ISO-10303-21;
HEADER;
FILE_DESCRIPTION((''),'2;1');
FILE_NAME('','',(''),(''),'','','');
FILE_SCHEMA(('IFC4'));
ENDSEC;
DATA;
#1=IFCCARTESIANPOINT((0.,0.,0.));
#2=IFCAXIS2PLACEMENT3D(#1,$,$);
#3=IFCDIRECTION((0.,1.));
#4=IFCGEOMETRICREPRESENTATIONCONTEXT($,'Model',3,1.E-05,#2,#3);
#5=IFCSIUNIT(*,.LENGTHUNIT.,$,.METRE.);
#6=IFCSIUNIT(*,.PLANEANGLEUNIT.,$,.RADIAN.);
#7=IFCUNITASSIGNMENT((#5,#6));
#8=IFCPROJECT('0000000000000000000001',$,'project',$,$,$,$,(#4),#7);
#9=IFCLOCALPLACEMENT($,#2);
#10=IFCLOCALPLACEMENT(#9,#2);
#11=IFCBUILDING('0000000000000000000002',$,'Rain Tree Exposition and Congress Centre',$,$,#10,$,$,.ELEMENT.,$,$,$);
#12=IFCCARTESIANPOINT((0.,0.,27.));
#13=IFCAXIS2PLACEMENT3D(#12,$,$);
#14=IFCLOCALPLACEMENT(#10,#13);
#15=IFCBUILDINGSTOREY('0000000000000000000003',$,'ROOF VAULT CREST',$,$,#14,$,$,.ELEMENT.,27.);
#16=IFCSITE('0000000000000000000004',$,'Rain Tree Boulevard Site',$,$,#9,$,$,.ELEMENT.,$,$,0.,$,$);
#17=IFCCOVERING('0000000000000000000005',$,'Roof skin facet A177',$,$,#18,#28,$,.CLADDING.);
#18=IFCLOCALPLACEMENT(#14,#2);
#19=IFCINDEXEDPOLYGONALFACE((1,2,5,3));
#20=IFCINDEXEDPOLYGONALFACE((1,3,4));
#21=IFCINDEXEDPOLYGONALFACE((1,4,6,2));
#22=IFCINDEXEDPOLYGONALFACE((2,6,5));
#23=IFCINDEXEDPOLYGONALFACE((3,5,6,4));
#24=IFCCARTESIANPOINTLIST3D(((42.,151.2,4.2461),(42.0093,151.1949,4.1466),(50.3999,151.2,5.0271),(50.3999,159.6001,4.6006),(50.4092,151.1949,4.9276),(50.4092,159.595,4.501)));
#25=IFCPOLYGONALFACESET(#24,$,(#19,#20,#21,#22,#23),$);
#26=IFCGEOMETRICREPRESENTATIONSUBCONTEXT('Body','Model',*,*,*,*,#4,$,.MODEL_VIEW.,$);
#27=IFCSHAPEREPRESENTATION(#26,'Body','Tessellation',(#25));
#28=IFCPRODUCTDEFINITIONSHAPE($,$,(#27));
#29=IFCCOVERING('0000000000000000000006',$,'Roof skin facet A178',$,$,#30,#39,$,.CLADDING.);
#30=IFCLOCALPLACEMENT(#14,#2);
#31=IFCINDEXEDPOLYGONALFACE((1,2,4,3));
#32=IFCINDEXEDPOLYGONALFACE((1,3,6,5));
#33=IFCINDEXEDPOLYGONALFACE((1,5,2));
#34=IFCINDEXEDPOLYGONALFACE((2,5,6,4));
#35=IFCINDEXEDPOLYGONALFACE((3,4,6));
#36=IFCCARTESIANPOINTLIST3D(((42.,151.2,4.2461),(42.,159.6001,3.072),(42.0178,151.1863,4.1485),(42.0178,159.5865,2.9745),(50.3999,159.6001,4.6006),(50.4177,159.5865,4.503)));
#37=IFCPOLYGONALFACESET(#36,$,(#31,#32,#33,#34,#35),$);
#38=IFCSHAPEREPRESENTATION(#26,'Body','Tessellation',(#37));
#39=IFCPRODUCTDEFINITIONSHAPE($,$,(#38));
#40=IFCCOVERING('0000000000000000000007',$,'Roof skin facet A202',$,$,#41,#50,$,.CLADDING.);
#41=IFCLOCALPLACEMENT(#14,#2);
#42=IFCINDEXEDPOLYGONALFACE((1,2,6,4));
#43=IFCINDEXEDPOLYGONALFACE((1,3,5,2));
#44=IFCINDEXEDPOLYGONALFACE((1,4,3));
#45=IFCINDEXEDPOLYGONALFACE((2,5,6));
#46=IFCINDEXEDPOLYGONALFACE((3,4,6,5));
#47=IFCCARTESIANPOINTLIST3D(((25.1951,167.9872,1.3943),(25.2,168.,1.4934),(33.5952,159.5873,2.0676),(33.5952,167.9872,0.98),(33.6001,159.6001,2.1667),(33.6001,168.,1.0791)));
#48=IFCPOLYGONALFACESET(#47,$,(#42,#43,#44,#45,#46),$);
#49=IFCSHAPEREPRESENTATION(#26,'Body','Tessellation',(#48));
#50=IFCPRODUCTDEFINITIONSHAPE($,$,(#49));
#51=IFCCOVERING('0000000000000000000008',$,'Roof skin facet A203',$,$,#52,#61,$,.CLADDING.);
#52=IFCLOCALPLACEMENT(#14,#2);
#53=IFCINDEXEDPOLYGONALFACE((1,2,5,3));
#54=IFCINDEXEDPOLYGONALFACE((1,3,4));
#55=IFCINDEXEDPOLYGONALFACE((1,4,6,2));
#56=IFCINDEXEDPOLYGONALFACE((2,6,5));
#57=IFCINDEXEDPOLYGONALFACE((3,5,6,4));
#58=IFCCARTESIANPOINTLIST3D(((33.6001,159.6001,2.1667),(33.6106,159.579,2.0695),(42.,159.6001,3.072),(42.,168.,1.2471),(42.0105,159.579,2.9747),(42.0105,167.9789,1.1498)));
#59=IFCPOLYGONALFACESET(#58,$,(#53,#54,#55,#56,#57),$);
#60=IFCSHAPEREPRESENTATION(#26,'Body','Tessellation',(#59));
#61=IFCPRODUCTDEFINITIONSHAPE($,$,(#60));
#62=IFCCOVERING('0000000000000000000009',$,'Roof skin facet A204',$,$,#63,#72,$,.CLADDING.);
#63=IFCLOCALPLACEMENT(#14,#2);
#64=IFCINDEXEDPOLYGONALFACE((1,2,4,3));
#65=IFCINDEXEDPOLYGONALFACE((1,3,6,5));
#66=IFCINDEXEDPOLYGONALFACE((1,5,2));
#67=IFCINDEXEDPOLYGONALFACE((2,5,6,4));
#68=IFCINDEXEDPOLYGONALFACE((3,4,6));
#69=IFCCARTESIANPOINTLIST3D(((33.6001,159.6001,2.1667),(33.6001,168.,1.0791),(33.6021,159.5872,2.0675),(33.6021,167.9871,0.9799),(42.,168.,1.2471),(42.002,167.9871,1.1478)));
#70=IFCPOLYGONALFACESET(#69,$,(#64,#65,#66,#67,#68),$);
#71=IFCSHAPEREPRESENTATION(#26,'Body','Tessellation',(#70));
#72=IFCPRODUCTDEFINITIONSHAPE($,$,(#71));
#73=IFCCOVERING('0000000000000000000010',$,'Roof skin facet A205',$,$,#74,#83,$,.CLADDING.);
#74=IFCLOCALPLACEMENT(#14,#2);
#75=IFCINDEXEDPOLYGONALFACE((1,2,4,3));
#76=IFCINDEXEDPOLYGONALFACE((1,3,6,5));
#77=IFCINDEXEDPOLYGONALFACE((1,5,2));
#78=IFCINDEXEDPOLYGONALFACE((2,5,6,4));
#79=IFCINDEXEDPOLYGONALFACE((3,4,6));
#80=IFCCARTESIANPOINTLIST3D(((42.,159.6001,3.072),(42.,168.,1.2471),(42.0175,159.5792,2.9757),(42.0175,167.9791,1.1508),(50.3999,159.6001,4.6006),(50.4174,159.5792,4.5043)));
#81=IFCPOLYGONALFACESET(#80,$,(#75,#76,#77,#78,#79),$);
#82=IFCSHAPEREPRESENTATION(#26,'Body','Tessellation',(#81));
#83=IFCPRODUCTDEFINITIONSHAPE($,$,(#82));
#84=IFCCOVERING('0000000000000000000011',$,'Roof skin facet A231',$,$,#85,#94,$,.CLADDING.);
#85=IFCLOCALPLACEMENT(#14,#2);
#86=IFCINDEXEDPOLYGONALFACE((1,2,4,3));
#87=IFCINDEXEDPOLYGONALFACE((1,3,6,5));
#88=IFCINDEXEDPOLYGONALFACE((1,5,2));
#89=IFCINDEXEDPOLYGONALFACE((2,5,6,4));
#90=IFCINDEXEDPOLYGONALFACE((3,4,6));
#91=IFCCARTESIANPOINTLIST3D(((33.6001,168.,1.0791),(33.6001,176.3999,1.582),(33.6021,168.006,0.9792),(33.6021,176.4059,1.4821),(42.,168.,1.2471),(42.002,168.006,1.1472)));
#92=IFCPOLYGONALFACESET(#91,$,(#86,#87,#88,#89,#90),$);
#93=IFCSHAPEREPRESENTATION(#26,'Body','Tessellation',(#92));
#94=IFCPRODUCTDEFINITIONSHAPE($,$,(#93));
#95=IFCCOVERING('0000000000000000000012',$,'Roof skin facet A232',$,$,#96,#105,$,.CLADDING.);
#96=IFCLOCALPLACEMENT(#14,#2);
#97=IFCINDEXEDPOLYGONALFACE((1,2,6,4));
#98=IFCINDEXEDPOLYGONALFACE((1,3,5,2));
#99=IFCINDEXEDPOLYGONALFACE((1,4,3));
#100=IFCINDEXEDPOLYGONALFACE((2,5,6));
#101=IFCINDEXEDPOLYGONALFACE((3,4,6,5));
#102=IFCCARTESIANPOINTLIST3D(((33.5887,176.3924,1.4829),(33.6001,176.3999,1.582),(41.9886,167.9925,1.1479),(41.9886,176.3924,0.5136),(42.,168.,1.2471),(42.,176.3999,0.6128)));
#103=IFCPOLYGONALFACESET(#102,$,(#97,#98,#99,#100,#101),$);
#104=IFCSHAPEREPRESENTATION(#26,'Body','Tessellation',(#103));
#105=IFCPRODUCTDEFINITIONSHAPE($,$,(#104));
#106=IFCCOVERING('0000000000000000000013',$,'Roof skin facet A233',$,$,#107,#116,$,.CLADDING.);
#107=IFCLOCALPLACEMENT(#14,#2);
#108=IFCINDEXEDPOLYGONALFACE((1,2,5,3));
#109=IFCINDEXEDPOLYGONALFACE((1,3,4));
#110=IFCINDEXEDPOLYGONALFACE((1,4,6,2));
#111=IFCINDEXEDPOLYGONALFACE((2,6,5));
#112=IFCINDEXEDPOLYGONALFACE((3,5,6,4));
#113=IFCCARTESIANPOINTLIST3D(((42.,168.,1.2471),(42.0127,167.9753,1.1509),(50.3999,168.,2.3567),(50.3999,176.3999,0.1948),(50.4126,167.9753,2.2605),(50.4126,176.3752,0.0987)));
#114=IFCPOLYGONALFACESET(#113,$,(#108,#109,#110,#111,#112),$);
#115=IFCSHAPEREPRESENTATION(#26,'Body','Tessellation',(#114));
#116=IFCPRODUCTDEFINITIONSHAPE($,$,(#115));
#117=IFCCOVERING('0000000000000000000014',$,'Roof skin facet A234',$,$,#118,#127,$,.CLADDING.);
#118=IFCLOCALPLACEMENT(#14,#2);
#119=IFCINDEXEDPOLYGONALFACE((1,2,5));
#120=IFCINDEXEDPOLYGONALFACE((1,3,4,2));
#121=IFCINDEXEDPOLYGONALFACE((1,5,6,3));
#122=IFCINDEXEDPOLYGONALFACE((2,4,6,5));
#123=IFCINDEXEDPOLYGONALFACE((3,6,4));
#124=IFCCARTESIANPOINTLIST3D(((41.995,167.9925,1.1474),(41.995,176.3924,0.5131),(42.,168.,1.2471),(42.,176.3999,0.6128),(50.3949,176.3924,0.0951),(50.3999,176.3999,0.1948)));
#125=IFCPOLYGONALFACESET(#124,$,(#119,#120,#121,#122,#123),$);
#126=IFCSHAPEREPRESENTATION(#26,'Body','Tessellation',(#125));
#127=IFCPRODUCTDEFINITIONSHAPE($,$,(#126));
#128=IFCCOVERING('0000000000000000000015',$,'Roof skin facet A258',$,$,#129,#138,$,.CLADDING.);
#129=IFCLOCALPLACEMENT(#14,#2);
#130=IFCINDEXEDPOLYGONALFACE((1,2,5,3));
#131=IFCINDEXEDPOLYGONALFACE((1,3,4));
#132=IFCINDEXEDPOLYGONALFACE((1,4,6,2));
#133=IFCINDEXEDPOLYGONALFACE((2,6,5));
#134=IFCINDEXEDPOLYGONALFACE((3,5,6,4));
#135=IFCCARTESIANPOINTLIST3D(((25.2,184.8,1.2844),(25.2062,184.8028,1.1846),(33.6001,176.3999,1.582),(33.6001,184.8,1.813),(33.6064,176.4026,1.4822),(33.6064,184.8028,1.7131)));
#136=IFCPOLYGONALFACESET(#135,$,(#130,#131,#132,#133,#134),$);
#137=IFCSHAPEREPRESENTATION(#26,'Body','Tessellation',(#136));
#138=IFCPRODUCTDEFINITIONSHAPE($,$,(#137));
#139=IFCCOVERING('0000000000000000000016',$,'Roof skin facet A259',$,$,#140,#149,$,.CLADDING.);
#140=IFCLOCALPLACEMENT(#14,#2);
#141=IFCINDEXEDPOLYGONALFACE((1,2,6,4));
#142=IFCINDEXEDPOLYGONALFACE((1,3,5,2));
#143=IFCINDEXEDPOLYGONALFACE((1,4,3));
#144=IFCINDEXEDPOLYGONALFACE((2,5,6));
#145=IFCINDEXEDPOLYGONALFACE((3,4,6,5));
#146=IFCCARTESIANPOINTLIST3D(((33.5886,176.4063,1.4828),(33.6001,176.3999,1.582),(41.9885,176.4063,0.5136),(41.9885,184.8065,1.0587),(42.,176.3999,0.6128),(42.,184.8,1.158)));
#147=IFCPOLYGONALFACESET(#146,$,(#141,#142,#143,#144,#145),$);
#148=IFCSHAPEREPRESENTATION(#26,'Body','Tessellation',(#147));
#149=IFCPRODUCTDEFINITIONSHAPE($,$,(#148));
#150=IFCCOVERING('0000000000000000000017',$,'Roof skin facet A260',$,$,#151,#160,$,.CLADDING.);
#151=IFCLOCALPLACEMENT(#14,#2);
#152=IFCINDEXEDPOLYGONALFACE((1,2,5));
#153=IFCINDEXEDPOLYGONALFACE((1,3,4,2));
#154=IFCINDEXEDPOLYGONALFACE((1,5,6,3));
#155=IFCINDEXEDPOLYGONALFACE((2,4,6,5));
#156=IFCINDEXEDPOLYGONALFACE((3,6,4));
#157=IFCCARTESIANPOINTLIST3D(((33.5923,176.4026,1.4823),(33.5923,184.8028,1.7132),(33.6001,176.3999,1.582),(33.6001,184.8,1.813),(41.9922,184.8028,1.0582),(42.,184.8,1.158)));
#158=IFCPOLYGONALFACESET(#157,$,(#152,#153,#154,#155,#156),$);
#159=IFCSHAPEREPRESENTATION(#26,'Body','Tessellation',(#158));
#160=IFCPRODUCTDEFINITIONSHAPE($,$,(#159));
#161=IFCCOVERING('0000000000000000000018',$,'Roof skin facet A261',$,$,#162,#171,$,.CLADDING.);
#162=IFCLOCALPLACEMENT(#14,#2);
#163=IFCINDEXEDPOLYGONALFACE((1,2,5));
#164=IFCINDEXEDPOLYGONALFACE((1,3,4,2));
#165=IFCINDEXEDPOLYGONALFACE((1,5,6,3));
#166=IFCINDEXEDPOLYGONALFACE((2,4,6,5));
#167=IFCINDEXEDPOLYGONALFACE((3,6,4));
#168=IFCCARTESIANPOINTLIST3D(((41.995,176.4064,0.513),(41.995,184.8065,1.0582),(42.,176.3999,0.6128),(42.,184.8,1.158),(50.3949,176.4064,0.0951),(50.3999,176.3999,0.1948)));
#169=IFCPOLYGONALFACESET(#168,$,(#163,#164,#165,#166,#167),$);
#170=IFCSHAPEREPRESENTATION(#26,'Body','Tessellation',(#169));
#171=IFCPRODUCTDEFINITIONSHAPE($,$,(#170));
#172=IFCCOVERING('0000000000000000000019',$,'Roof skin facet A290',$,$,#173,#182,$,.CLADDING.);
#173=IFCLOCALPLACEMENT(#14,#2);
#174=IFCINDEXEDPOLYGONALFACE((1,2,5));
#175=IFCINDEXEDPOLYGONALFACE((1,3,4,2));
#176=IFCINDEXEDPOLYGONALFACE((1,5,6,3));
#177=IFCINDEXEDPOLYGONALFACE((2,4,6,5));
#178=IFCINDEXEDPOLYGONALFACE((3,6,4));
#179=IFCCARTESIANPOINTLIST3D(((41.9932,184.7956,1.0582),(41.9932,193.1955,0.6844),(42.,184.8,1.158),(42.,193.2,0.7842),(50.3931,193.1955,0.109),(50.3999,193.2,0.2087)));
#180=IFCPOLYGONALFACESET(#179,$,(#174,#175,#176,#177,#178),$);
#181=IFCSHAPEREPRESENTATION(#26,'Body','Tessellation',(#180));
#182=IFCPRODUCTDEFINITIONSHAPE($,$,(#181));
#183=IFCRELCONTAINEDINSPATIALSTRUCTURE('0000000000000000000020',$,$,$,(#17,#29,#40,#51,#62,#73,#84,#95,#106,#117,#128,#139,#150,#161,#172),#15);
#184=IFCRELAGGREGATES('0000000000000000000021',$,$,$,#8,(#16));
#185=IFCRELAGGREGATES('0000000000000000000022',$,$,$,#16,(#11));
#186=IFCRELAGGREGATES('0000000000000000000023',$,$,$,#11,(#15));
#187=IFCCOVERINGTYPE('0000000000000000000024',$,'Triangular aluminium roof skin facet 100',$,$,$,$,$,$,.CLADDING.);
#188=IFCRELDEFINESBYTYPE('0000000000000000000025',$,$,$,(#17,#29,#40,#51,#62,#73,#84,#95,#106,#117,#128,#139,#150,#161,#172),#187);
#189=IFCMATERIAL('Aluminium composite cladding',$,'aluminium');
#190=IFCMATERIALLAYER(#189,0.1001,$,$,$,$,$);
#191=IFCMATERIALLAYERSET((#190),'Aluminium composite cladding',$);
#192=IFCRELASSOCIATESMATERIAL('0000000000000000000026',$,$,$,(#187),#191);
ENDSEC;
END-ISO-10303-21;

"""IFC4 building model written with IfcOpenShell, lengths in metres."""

from ifc_helpers import new_model, si_unit, direction, frame, origin, place, context, subcontext, project, spatial, polyline, outline, extrude, material, layer, layer_set, type_object, element, save


model = new_model("IFC4")

# Units and contexts
model_context = context("Model", 3, precision=1e-05, world=origin(), true_north=direction((0.0, 1.0)))
body_context = subcontext(model_context, "Body", "Model", "MODEL_VIEW")
ifc_project = project(units=[si_unit("LENGTHUNIT", "METRE"), si_unit("PLANEANGLEUNIT", "RADIAN")], contexts=[model_context])

# Site, building, storey
site_placement = place(None, origin())
site = spatial("IfcSite", under=ifc_project, at=site_placement, Name="Rain Tree Boulevard Site", CompositionType="ELEMENT", RefElevation=0.0)
building_placement = place(site_placement, origin())
building = spatial("IfcBuilding", under=site, at=building_placement, Name="Rain Tree Exposition and Congress Centre", CompositionType="ELEMENT")
storey_placement = place(building_placement, frame((0.0, 0.0, 27.0)))
storey = spatial("IfcBuildingStorey", under=building, at=storey_placement, Name="ROOF VAULT CREST", CompositionType="ELEMENT", Elevation=27.0)

# Coverings
ifc_material_1 = material(Name="Aluminium composite cladding", Category="aluminium")
ifc_layer_1 = layer(ifc_material_1, 0.1001)
ifc_layer_set_1 = layer_set([ifc_layer_1], Name="Aluminium composite cladding")
covering_type_1 = type_object("IfcCoveringType", Name="Triangular aluminium roof skin facet 100", PredefinedType="CLADDING", material=ifc_layer_set_1)
covering_1_placement = place(storey_placement, frame((42.0, 151.2, 4.2461), z_axis=(-0.092461, 0.050492, 0.994435), x_axis=(0.995705, 0.0, 0.092579)))
element("IfcCovering", 1, at=covering_1_placement, inside=storey, type_object=covering_type_1, Name="Roof skin facet A177", PredefinedType="CLADDING", context=body_context, shape_type="SweptSolid", body=[
    extrude(outline(polyline([(0.0, 0.0), (8.4361, 0.0), (8.3966, 8.4109), (0.0, 0.0)])), origin(), (0.0, 0.0, -1.0), 0.1001),
])
covering_2_placement = place(storey_placement, frame((42.0, 151.2, 4.2461), z_axis=(-0.177365, 0.136228, 0.974671), x_axis=(0.706782, 0.706802, 0.029828)))
element("IfcCovering", 2, at=covering_2_placement, inside=storey, type_object=covering_type_1, Name="Roof skin facet A178", PredefinedType="CLADDING", context=body_context, shape_type="SweptSolid", body=[
    extrude(outline(polyline([(0.0, 0.0), (11.8847, 0.0), (5.9022, 6.0914), (0.0, 0.0)])), origin(), (0.0, 0.0, -1.0), 0.1001),
])
covering_3_placement = place(storey_placement, frame((33.6001, 159.6001, 2.1667), z_axis=(0.048855, 0.128258, 0.990537), x_axis=(0.0, 0.991721, -0.128411)))
element("IfcCovering", 3, at=covering_3_placement, inside=storey, type_object=covering_type_1, Name="Roof skin facet A202", PredefinedType="CLADDING", context=body_context, shape_type="SweptSolid", body=[
    extrude(outline(polyline([(0.0, 0.0), (8.47, 0.0), (8.4168, 8.4102), (0.0, 0.0)])), origin(), (0.0, 0.0, -1.0), 0.1001),
])
covering_4_placement = place(storey_placement, frame((33.6001, 159.6001, 2.1667), z_axis=(-0.104736, 0.211138, 0.971829), x_axis=(0.994243, 0.0, 0.107151)))
element("IfcCovering", 4, at=covering_4_placement, inside=storey, type_object=covering_type_1, Name="Roof skin facet A203", PredefinedType="CLADDING", context=body_context, shape_type="SweptSolid", body=[
    extrude(outline(polyline([(0.0, 0.0), (8.4485, 0.0), (8.253, 8.5936), (0.0, 0.0)])), origin(), (0.0, 0.0, -1.0), 0.1001),
])
covering_5_placement = place(storey_placement, frame((33.6001, 159.6001, 2.1667), z_axis=(-0.019827, 0.128386, 0.991526), x_axis=(0.704997, 0.704997, -0.077188)))
element("IfcCovering", 5, at=covering_5_placement, inside=storey, type_object=covering_type_1, Name="Roof skin facet A204", PredefinedType="CLADDING", context=body_context, shape_type="SweptSolid", body=[
    extrude(outline(polyline([(0.0, 0.0), (11.9148, 0.0), (6.0059, 5.9725), (0.0, 0.0)])), origin(), (0.0, 0.0, -1.0), 0.1001),
])
covering_6_placement = place(storey_placement, frame((42.0, 159.6001, 3.072), z_axis=(-0.175079, 0.209027, 0.96211), x_axis=(0.983843, 0.0, 0.179034)))
element("IfcCovering", 6, at=covering_6_placement, inside=storey, type_object=covering_type_1, Name="Roof skin facet A205", PredefinedType="CLADDING", context=body_context, shape_type="SweptSolid", body=[
    extrude(outline(polyline([(0.0, 0.0), (8.5378, 0.0), (-0.3267, 8.5896), (0.0, 0.0)])), origin(), (0.0, 0.0, -1.0), 0.1001),
])
covering_7_placement = place(storey_placement, frame((33.6001, 168.0, 1.0791), z_axis=(-0.019957, -0.059754, 0.998014), x_axis=(0.9998, 0.0, 0.019993)))
element("IfcCovering", 7, at=covering_7_placement, inside=storey, type_object=covering_type_1, Name="Roof skin facet A231", PredefinedType="CLADDING", context=body_context, shape_type="SweptSolid", body=[
    extrude(outline(polyline([(0.0, 0.0), (8.4016, 0.0), (0.0101, 8.4149), (0.0, 0.0)])), origin(), (0.0, 0.0, -1.0), 0.1001),
])
covering_8_placement = place(storey_placement, frame((42.0, 168.0, 1.2471), z_axis=(0.114305, 0.074802, 0.990626), x_axis=(0.0, 0.997161, -0.075296)))
element("IfcCovering", 8, at=covering_8_placement, inside=storey, type_object=covering_type_1, Name="Roof skin facet A232", PredefinedType="CLADDING", context=body_context, shape_type="SweptSolid", body=[
    extrude(outline(polyline([(0.0, 0.0), (8.4238, 0.0), (8.3508, 8.4553), (0.0, 0.0)])), origin(), (0.0, 0.0, -1.0), 0.1001),
])
covering_9_placement = place(storey_placement, frame((42.0, 168.0, 1.2471), z_axis=(-0.126896, 0.247231, 0.960612), x_axis=(0.991387, 0.0, 0.130961)))
element("IfcCovering", 9, at=covering_9_placement, inside=storey, type_object=covering_type_1, Name="Roof skin facet A233", PredefinedType="CLADDING", context=body_context, shape_type="SweptSolid", body=[
    extrude(outline(polyline([(0.0, 0.0), (8.4729, 0.0), (8.1898, 8.669), (0.0, 0.0)])), origin(), (0.0, 0.0, -1.0), 0.1001),
])
covering_10_placement = place(storey_placement, frame((42.0, 168.0, 1.2471), z_axis=(0.049557, 0.075203, 0.995936), x_axis=(0.704349, 0.704349, -0.088233)))
element("IfcCovering", 10, at=covering_10_placement, inside=storey, type_object=covering_type_1, Name="Roof skin facet A234", PredefinedType="CLADDING", context=body_context, shape_type="SweptSolid", body=[
    extrude(outline(polyline([(0.0, 0.0), (11.9258, 0.0), (5.9724, 5.9406), (0.0, 0.0)])), origin(), (0.0, 0.0, -1.0), 0.1001),
])
covering_11_placement = place(storey_placement, frame((33.6001, 176.3999, 1.582), z_axis=(-0.062775, -0.02743, 0.997651), x_axis=(0.0, 0.999622, 0.027484)))
element("IfcCovering", 11, at=covering_11_placement, inside=storey, type_object=covering_type_1, Name="Roof skin facet A258", PredefinedType="CLADDING", context=body_context, shape_type="SweptSolid", body=[
    extrude(outline(polyline([(0.0, 0.0), (8.4033, 0.0), (8.3888, 8.4167), (0.0, 0.0)])), origin(), (0.0, 0.0, -1.0), 0.1001),
])
covering_12_placement = place(storey_placement, frame((33.6001, 176.3999, 1.582), z_axis=(0.114389, -0.064338, 0.99135), x_axis=(0.993409, 0.0, -0.114626)))
element("IfcCovering", 12, at=covering_12_placement, inside=storey, type_object=covering_type_1, Name="Roof skin facet A259", PredefinedType="CLADDING", context=body_context, shape_type="SweptSolid", body=[
    extrude(outline(polyline([(0.0, 0.0), (8.4556, 0.0), (8.3931, 8.4176), (0.0, 0.0)])), origin(), (0.0, 0.0, -1.0), 0.1001),
])
covering_13_placement = place(storey_placement, frame((33.6001, 176.3999, 1.582), z_axis=(0.077715, -0.027401, 0.996599), x_axis=(0.706646, 0.706667, -0.035675)))
element("IfcCovering", 13, at=covering_13_placement, inside=storey, type_object=covering_type_1, Name="Roof skin facet A260", PredefinedType="CLADDING", context=body_context, shape_type="SweptSolid", body=[
    extrude(outline(polyline([(0.0, 0.0), (11.887, 0.0), (5.9279, 5.9562), (0.0, 0.0)])), origin(), (0.0, 0.0, -1.0), 0.1001),
])
covering_14_placement = place(storey_placement, frame((42.0, 176.3999, 0.6128), z_axis=(0.049593, -0.064684, 0.996673), x_axis=(0.998764, 0.0, -0.049697)))
element("IfcCovering", 14, at=covering_14_placement, inside=storey, type_object=covering_type_1, Name="Roof skin facet A261", PredefinedType="CLADDING", context=body_context, shape_type="SweptSolid", body=[
    extrude(outline(polyline([(0.0, 0.0), (8.4103, 0.0), (-0.0271, 8.4178), (0.0, 0.0)])), origin(), (0.0, 0.0, -1.0), 0.1001),
])
covering_15_placement = place(storey_placement, frame((42.0, 184.8, 1.158), z_axis=(0.068278, 0.04435, 0.99668), x_axis=(0.70486, 0.70486, -0.079652)))
element("IfcCovering", 15, at=covering_15_placement, inside=storey, type_object=covering_type_1, Name="Roof skin facet A290", PredefinedType="CLADDING", context=body_context, shape_type="SweptSolid", body=[
    extrude(outline(polyline([(0.0, 0.0), (11.9171, 0.0), (5.9505, 5.9405), (0.0, 0.0)])), origin(), (0.0, 0.0, -1.0), 0.1001),
])

save(model, "model.ifc")
